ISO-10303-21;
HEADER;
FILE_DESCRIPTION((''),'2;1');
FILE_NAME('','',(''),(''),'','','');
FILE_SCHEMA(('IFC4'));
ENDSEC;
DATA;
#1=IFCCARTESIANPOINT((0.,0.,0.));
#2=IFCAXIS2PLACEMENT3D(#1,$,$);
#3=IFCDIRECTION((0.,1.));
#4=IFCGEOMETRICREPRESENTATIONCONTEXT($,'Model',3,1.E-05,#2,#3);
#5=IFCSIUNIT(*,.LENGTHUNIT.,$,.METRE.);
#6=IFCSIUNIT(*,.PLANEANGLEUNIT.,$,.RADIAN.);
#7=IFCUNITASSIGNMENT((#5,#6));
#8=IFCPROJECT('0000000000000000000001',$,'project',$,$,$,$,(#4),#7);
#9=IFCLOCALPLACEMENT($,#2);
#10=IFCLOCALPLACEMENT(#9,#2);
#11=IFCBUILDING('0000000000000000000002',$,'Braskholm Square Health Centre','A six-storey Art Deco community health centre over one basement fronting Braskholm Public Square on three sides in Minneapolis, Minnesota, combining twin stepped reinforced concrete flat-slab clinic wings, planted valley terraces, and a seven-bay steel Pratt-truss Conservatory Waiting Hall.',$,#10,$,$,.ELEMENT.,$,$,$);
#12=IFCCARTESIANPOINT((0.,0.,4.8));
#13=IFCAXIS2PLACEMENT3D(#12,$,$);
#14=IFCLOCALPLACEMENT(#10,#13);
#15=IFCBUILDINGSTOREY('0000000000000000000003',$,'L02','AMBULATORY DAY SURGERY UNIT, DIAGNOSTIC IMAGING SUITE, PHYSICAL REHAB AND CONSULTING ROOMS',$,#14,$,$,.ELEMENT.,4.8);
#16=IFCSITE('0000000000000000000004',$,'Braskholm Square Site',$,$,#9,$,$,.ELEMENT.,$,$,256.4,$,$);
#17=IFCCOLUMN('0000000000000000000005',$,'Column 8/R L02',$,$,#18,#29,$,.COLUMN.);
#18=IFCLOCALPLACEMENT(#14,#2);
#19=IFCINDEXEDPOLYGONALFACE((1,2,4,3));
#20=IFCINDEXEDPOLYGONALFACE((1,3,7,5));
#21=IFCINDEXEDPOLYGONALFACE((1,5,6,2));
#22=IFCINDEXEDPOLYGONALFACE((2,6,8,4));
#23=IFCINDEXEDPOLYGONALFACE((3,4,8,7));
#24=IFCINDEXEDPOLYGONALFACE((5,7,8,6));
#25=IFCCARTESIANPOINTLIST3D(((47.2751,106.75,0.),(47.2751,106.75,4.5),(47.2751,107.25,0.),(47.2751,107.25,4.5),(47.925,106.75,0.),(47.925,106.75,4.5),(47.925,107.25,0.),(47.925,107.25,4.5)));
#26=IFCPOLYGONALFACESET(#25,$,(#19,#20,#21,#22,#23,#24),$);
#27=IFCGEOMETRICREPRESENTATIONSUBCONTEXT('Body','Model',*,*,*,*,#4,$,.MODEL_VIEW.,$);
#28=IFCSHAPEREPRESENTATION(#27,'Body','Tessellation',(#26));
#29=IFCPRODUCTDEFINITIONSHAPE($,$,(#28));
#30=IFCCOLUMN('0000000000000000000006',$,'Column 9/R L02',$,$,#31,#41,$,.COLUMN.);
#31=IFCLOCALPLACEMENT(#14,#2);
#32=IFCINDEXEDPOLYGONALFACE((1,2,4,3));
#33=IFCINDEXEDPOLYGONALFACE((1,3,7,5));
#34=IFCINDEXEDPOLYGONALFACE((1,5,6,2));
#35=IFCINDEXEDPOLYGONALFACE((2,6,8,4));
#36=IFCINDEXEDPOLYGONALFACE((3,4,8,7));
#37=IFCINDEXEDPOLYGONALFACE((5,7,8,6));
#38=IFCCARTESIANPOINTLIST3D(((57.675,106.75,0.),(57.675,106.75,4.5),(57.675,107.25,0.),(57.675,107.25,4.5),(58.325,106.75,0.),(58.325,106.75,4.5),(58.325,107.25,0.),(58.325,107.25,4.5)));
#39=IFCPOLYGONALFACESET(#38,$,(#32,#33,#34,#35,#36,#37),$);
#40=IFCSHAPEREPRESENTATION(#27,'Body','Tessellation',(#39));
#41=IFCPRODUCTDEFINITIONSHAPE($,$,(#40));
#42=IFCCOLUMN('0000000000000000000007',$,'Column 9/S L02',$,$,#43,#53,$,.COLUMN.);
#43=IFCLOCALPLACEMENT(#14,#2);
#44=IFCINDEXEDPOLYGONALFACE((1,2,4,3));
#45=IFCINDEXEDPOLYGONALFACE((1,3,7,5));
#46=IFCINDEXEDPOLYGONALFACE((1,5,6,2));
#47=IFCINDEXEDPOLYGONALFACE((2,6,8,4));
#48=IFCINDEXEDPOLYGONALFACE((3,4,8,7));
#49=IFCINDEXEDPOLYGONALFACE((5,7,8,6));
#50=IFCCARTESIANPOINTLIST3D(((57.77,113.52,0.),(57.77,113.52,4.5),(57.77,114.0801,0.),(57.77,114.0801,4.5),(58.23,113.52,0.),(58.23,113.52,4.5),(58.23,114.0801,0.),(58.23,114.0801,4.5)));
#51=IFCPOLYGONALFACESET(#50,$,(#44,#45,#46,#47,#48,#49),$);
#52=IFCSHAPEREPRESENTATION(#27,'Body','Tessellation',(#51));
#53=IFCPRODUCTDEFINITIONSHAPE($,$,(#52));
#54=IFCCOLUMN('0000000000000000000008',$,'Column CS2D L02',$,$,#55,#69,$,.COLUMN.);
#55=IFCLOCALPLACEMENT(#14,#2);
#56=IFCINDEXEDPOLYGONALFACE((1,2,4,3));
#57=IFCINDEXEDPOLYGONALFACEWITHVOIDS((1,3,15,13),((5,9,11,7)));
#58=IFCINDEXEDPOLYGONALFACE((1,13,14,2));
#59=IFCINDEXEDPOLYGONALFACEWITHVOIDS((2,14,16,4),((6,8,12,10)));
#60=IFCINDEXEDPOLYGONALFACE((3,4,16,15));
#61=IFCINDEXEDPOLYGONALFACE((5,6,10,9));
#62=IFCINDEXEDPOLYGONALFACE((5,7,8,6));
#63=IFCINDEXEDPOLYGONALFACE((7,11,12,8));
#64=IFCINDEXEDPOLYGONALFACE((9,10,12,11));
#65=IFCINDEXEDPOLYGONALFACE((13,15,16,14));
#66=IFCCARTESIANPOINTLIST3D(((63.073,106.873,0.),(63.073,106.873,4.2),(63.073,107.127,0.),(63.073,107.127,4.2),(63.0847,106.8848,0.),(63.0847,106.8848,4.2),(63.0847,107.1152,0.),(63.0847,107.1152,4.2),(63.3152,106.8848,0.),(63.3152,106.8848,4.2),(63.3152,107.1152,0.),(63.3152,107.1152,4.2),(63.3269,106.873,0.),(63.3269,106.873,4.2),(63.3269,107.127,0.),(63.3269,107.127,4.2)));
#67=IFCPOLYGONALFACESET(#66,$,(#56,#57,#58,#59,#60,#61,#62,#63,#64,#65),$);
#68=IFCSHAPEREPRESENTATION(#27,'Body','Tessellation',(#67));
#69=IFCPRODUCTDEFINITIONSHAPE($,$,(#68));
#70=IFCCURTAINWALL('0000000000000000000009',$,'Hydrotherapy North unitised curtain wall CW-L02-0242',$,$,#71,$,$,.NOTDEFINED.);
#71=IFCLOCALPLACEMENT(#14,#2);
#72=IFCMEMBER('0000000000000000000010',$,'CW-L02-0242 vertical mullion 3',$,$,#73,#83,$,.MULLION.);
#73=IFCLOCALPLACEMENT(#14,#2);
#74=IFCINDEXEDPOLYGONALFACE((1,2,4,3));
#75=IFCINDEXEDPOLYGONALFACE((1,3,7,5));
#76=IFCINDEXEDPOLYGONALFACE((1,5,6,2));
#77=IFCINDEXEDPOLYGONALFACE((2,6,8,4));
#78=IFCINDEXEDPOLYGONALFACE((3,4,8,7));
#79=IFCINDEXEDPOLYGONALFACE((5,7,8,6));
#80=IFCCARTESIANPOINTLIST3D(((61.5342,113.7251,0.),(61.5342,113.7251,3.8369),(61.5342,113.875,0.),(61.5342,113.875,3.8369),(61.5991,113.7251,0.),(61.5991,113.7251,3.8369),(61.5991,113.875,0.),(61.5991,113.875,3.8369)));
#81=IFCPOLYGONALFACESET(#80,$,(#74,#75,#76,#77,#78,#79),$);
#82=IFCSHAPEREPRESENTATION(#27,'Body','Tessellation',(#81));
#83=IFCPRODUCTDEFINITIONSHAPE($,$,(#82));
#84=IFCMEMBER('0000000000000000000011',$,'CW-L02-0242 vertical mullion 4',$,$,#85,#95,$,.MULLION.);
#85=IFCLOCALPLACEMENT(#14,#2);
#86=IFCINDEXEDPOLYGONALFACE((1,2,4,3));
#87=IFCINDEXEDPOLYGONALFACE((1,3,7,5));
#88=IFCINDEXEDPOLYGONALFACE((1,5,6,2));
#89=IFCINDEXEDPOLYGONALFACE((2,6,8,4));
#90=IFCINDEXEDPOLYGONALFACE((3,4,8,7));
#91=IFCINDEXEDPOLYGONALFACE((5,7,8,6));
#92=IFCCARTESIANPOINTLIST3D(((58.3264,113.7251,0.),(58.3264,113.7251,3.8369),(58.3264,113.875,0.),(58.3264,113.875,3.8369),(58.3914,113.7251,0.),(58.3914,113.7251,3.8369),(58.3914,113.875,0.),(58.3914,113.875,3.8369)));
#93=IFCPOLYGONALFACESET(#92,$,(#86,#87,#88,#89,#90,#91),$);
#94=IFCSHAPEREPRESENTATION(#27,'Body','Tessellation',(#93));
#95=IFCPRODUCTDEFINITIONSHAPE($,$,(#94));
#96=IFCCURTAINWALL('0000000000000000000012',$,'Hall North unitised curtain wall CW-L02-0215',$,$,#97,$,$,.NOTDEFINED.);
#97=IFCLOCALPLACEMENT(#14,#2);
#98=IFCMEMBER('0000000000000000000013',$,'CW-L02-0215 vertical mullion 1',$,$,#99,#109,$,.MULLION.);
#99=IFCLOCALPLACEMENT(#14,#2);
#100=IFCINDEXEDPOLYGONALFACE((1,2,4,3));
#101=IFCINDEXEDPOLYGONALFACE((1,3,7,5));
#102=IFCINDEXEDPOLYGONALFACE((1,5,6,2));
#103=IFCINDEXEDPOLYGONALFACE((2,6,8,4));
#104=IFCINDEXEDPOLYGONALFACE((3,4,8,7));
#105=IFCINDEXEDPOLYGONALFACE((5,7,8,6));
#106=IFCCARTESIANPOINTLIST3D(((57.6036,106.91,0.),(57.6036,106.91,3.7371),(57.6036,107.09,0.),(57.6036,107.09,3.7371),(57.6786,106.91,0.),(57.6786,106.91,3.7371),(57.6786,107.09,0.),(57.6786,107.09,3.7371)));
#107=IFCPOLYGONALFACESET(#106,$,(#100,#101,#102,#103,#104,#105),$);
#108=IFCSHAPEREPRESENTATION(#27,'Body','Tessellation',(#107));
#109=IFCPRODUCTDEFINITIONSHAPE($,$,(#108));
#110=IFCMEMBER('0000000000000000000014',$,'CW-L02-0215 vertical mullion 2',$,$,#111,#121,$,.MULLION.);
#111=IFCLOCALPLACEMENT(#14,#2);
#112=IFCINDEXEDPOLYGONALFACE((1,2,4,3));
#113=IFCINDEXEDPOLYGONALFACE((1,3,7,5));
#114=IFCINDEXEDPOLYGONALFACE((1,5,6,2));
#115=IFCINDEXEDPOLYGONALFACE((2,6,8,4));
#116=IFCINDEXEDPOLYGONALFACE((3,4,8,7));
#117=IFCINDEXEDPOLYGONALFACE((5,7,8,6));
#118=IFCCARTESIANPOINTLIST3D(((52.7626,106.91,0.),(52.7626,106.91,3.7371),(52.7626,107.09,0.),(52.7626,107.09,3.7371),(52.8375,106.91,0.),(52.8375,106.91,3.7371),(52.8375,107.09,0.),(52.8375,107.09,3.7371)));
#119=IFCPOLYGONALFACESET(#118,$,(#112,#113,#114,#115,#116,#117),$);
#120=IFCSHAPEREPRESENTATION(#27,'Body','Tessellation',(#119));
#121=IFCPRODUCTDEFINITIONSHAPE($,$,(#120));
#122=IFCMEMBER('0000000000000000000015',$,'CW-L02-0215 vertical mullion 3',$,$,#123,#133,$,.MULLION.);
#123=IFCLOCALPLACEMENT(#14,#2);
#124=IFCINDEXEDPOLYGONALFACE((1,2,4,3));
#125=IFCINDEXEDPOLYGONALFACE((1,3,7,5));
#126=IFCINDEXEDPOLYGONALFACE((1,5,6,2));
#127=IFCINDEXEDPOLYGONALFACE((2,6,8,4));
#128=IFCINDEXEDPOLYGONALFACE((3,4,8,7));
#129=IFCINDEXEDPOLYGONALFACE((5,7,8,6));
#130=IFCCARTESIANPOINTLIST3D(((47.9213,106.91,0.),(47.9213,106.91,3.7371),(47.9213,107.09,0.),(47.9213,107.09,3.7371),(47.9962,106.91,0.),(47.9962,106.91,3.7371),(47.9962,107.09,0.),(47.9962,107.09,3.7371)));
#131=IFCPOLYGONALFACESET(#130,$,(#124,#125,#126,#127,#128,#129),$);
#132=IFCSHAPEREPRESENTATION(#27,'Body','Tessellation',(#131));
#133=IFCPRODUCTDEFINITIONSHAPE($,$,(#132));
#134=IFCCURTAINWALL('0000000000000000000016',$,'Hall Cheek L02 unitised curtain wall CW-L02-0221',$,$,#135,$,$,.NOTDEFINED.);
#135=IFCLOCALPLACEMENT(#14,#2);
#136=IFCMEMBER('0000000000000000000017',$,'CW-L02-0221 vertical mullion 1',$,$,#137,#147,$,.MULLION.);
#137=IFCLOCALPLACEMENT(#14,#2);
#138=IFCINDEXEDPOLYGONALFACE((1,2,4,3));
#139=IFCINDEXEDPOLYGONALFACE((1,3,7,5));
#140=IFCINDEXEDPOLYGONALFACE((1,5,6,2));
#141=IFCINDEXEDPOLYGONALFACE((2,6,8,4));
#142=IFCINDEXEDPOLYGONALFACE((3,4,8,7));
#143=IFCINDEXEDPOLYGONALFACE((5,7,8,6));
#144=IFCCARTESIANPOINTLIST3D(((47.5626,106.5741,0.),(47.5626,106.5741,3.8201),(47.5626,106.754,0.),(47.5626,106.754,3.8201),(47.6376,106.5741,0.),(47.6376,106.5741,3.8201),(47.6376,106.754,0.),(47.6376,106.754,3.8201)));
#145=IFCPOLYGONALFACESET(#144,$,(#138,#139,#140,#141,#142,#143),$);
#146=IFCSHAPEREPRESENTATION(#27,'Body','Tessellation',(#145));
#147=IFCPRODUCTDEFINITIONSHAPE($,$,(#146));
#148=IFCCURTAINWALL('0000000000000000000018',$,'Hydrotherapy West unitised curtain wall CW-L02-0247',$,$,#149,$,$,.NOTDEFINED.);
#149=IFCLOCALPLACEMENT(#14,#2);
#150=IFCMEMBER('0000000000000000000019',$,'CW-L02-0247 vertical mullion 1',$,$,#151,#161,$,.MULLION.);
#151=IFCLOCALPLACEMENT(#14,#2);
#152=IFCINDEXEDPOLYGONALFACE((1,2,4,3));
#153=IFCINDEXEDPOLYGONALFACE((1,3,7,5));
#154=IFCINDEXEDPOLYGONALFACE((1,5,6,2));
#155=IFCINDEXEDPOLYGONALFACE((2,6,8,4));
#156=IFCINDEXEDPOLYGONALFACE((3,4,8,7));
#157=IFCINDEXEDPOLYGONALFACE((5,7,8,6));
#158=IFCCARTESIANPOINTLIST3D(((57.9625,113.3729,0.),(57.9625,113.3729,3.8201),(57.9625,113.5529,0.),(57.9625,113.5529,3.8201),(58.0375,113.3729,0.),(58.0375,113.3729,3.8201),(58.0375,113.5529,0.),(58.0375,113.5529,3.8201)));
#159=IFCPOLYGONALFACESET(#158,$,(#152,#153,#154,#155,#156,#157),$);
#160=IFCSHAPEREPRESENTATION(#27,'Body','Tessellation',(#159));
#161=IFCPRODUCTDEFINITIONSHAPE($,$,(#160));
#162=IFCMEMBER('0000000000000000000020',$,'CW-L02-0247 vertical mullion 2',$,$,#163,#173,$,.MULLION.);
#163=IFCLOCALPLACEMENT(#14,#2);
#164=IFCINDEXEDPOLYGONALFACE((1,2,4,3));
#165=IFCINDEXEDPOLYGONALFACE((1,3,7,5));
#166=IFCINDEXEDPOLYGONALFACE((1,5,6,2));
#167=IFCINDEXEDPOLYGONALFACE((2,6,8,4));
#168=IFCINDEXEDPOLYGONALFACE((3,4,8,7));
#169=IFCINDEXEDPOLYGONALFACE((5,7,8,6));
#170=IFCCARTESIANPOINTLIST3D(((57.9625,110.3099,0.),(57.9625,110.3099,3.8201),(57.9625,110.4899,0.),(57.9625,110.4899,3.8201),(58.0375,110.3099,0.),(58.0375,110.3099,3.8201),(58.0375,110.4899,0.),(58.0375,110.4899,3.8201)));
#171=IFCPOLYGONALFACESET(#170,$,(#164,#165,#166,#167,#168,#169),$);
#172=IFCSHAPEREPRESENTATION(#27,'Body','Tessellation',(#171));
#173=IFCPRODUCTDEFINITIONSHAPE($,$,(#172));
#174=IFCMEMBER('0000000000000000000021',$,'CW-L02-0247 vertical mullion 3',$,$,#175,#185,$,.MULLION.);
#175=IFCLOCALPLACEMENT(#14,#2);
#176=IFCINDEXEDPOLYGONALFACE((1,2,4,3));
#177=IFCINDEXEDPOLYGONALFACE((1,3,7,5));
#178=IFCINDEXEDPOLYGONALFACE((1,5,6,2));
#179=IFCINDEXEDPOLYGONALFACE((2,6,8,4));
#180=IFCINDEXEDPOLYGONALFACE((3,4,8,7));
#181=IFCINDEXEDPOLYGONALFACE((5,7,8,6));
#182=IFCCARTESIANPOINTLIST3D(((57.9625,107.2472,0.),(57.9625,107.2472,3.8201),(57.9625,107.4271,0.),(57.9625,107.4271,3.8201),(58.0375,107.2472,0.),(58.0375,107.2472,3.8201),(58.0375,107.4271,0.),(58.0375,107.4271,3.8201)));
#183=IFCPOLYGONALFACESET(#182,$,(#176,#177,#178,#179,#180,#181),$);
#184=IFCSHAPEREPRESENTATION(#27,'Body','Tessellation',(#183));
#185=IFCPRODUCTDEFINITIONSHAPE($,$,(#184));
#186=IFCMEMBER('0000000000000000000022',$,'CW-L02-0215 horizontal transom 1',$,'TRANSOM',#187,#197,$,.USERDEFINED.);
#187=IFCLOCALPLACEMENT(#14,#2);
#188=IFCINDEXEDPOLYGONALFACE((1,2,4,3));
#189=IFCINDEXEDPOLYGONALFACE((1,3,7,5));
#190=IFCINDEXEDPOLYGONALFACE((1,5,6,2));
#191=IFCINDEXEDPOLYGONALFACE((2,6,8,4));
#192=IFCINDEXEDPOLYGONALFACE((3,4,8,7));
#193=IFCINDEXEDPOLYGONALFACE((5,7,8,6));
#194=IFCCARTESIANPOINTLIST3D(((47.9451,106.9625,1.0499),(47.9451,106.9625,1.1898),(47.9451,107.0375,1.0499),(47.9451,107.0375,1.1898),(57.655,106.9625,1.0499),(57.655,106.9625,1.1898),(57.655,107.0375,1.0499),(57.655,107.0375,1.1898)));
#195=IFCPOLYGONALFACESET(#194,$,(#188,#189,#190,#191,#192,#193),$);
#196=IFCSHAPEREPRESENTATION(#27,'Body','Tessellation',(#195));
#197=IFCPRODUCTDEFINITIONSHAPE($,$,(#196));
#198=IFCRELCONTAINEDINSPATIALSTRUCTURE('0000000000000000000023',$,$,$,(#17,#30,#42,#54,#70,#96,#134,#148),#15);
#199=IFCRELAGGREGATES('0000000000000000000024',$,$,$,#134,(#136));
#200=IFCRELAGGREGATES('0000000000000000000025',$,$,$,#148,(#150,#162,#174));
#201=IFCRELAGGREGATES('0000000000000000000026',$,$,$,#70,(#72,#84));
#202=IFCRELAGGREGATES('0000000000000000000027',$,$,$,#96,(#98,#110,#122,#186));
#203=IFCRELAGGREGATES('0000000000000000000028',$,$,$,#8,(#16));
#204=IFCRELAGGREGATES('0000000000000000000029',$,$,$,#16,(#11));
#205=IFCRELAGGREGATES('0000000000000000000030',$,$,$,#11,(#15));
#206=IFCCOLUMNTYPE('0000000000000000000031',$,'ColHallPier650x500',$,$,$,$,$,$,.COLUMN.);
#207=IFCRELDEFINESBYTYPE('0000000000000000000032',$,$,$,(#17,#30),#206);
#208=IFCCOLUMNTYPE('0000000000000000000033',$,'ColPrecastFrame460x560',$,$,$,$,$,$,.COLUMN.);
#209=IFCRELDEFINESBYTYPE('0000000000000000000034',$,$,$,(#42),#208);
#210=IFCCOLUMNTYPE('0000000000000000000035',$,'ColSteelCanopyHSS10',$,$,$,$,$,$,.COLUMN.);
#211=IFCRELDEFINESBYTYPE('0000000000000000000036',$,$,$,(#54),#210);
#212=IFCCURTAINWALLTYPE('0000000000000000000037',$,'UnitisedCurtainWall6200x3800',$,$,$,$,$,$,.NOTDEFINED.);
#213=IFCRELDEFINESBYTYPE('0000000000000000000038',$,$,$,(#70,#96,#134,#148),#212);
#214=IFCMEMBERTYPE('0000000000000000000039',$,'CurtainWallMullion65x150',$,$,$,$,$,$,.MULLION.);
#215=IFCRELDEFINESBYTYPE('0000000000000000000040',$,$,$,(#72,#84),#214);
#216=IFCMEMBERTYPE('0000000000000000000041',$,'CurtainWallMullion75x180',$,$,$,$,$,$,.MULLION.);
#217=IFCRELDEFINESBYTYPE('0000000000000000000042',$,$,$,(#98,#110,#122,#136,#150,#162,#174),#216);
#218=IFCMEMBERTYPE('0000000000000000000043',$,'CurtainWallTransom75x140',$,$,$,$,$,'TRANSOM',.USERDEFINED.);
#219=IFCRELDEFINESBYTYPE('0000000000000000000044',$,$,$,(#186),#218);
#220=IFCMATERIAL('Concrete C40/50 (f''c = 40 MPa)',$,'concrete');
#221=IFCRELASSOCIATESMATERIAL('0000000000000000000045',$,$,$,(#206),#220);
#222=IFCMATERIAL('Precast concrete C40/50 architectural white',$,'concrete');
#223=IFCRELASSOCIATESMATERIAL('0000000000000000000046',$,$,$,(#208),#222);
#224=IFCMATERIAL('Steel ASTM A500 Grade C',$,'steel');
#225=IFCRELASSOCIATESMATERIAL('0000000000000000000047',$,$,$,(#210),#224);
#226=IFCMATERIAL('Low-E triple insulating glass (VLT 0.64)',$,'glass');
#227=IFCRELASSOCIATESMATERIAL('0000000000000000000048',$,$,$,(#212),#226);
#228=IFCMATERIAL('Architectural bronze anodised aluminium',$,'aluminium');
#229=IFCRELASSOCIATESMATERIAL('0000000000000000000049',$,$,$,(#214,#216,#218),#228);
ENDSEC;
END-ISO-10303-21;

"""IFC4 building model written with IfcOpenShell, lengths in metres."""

from ifc_helpers import new_model, si_unit, direction, frame, origin, origin_2d, place, context, subcontext, project, spatial, rectangle, hollow_rectangle, extrude, material, material_profile, profile_set, type_object, element, aggregate, save


model = new_model("IFC4")

# Units and contexts
model_context = context("Model", 3, precision=1e-05, world=origin(), true_north=direction((0.0, 1.0)))
body_context = subcontext(model_context, "Body", "Model", "MODEL_VIEW")
ifc_project = project(units=[si_unit("LENGTHUNIT", "METRE"), si_unit("PLANEANGLEUNIT", "RADIAN")], contexts=[model_context])

# Site, building, storey
site_placement = place(None, origin())
site = spatial("IfcSite", under=ifc_project, at=site_placement, Name="Braskholm Square Site", CompositionType="ELEMENT", RefElevation=256.4)
building_placement = place(site_placement, origin())
building = spatial("IfcBuilding", under=site, at=building_placement, Name="Braskholm Square Health Centre", Description="A six-storey Art Deco community health centre over one basement fronting Braskholm Public Square on three sides in Minneapolis, Minnesota, combining twin stepped reinforced concrete flat-slab clinic wings, planted valley terraces, and a seven-bay steel Pratt-truss Conservatory Waiting Hall.", CompositionType="ELEMENT")
storey_placement = place(building_placement, frame((0.0, 0.0, 4.8)))
storey = spatial("IfcBuildingStorey", under=building, at=storey_placement, Name="L02", Description="AMBULATORY DAY SURGERY UNIT, DIAGNOSTIC IMAGING SUITE, PHYSICAL REHAB AND CONSULTING ROOMS", CompositionType="ELEMENT", Elevation=4.8)

# Columns
ifc_material_1 = material(Name="Concrete C40/50 (f'c = 40 MPa)", Category="concrete")
ifc_material_profile_1 = material_profile(ifc_material_1, rectangle(XDim=0.6499, YDim=0.5, at=origin_2d()), Name="RC-650X500")
ifc_profile_set_1 = profile_set([ifc_material_profile_1], Name="Concrete C40/50 (f'c = 40 MPa)")
column_type_1 = type_object("IfcColumnType", Name="ColHallPier650x500", PredefinedType="COLUMN", material=ifc_profile_set_1)
for number, where, z_axis, x_axis, name in (
    (1, (47.6001, 107.0, 0.0), (0.0, 0.0, 1.0), (1.0, 0.0, 0.0), "Column 8/R L02"),
    (2, (58.0, 107.0, 0.0), (0.0, 0.0, 1.0), (1.0, 0.0, 0.0), "Column 9/R L02"),
):
    element("IfcColumn", number, at=place(storey_placement, frame(where, z_axis=z_axis, x_axis=x_axis)), inside=storey, type_object=column_type_1, Name=name, PredefinedType="COLUMN", context=body_context, shape_type="SweptSolid", body=[
        extrude(rectangle(XDim=0.6499, YDim=0.5, at=origin_2d()), origin(), (0.0, 0.0, 1.0), 4.5),
    ])
ifc_material_2 = material(Name="Precast concrete C40/50 architectural white", Category="concrete")
ifc_material_profile_2 = material_profile(ifc_material_2, rectangle(XDim=0.46, YDim=0.5601, at=origin_2d()), Name="RC-460X560")
ifc_profile_set_2 = profile_set([ifc_material_profile_2], Name="Precast concrete C40/50 architectural white")
column_type_2 = type_object("IfcColumnType", Name="ColPrecastFrame460x560", PredefinedType="COLUMN", material=ifc_profile_set_2)
column_1_placement = place(storey_placement, frame((58.0, 113.8, 0.0), z_axis=(0.0, 0.0, 1.0), x_axis=(1.0, 0.0, 0.0)))
element("IfcColumn", 3, at=column_1_placement, inside=storey, type_object=column_type_2, Name="Column 9/S L02", PredefinedType="COLUMN", context=body_context, shape_type="SweptSolid", body=[
    extrude(rectangle(XDim=0.46, YDim=0.5601, at=origin_2d()), origin(), (0.0, 0.0, 1.0), 4.5),
])
ifc_material_3 = material(Name="Steel ASTM A500 Grade C", Category="steel")
ifc_material_profile_3 = material_profile(ifc_material_3, hollow_rectangle(XDim=0.2539, YDim=0.2539, WallThickness=0.0117, at=origin_2d()), Name="HSS10X10X1/2")
ifc_profile_set_3 = profile_set([ifc_material_profile_3], Name="Steel ASTM A500 Grade C")
column_type_3 = type_object("IfcColumnType", Name="ColSteelCanopyHSS10", PredefinedType="COLUMN", material=ifc_profile_set_3)
column_2_placement = place(storey_placement, frame((63.2, 107.0, 0.0), z_axis=(0.0, 0.0, 1.0), x_axis=(1.0, 0.0, 0.0)))
element("IfcColumn", 4, at=column_2_placement, inside=storey, type_object=column_type_3, Name="Column CS2D L02", PredefinedType="COLUMN", context=body_context, shape_type="SweptSolid", body=[
    extrude(hollow_rectangle(XDim=0.2539, YDim=0.2539, WallThickness=0.0117, at=origin_2d()), origin(), (0.0, 0.0, 1.0), 4.2),
])

# Curtain walls, members
ifc_material_4 = material(Name="Low-E triple insulating glass (VLT 0.64)", Category="glass")
curtain_wall_type = type_object("IfcCurtainWallType", Name="UnitisedCurtainWall6200x3800", PredefinedType="NOTDEFINED", material=ifc_material_4)
curtain_wall_1_placement = place(storey_placement, origin())
curtain_wall_1 = element("IfcCurtainWall", 5, at=curtain_wall_1_placement, inside=storey, type_object=curtain_wall_type, Name="Hydrotherapy North unitised curtain wall CW-L02-0242", PredefinedType="NOTDEFINED")
ifc_material_5 = material(Name="Architectural bronze anodised aluminium", Category="aluminium")
ifc_material_profile_4 = material_profile(ifc_material_5, rectangle(XDim=0.0649, YDim=0.1499, at=origin_2d()), Name="ALU-65X150")
ifc_profile_set_4 = profile_set([ifc_material_profile_4], Name="Architectural bronze anodised aluminium")
member_type_1 = type_object("IfcMemberType", Name="CurtainWallMullion65x150", PredefinedType="MULLION", material=ifc_profile_set_4)
member_1_placement = place(storey_placement, frame((61.5667, 113.8, 0.0), z_axis=(0.0, 0.0, 1.0), x_axis=(1.0, 0.0, 0.0)))
member_1 = element("IfcMember", 6, at=member_1_placement, type_object=member_type_1, Name="CW-L02-0242 vertical mullion 3", PredefinedType="MULLION", context=body_context, shape_type="SweptSolid", body=[
    extrude(rectangle(XDim=0.0649, YDim=0.1499, at=origin_2d()), origin(), (0.0, 0.0, 1.0), 3.8369),
])
member_2_placement = place(storey_placement, frame((58.3589, 113.8, 0.0), z_axis=(0.0, 0.0, 1.0), x_axis=(1.0, 0.0, 0.0)))
member_2 = element("IfcMember", 7, at=member_2_placement, type_object=member_type_1, Name="CW-L02-0242 vertical mullion 4", PredefinedType="MULLION", context=body_context, shape_type="SweptSolid", body=[
    extrude(rectangle(XDim=0.0649, YDim=0.1499, at=origin_2d()), origin(), (0.0, 0.0, 1.0), 3.8369),
])
curtain_wall_2_placement = place(storey_placement, origin())
curtain_wall_2 = element("IfcCurtainWall", 8, at=curtain_wall_2_placement, inside=storey, type_object=curtain_wall_type, Name="Hall North unitised curtain wall CW-L02-0215", PredefinedType="NOTDEFINED")
ifc_material_profile_5 = material_profile(ifc_material_5, rectangle(XDim=0.075, YDim=0.1799, at=origin_2d()), Name="ALU-75X180")
ifc_profile_set_5 = profile_set([ifc_material_profile_5], Name="Architectural bronze anodised aluminium")
member_type_2 = type_object("IfcMemberType", Name="CurtainWallMullion75x180", PredefinedType="MULLION", material=ifc_profile_set_5)
member_3_placement = place(storey_placement, frame((57.6411, 107.0, 0.0), z_axis=(0.0, 0.0, 1.0), x_axis=(1.0, 0.0, 0.0)))
member_3 = element("IfcMember", 9, at=member_3_placement, type_object=member_type_2, Name="CW-L02-0215 vertical mullion 1", PredefinedType="MULLION", context=body_context, shape_type="SweptSolid", body=[
    extrude(rectangle(XDim=0.075, YDim=0.1799, at=origin_2d()), origin(), (0.0, 0.0, 1.0), 3.7371),
])
member_4_placement = place(storey_placement, frame((52.8, 107.0, 0.0), z_axis=(0.0, 0.0, 1.0), x_axis=(1.0, 0.0, 0.0)))
member_4 = element("IfcMember", 10, at=member_4_placement, type_object=member_type_2, Name="CW-L02-0215 vertical mullion 2", PredefinedType="MULLION", context=body_context, shape_type="SweptSolid", body=[
    extrude(rectangle(XDim=0.075, YDim=0.1799, at=origin_2d()), origin(), (0.0, 0.0, 1.0), 3.7371),
])
member_5_placement = place(storey_placement, frame((47.9587, 107.0, 0.0), z_axis=(0.0, 0.0, 1.0), x_axis=(1.0, 0.0, 0.0)))
member_5 = element("IfcMember", 11, at=member_5_placement, type_object=member_type_2, Name="CW-L02-0215 vertical mullion 3", PredefinedType="MULLION", context=body_context, shape_type="SweptSolid", body=[
    extrude(rectangle(XDim=0.075, YDim=0.1799, at=origin_2d()), origin(), (0.0, 0.0, 1.0), 3.7371),
])

# Curtain wall, member
curtain_wall_3_placement = place(storey_placement, origin())
curtain_wall_3 = element("IfcCurtainWall", 12, at=curtain_wall_3_placement, inside=storey, type_object=curtain_wall_type, Name="Hall Cheek L02 unitised curtain wall CW-L02-0221", PredefinedType="NOTDEFINED")
member_6_placement = place(storey_placement, frame((47.6001, 106.6641, 0.0), z_axis=(0.0, 0.0, 1.0), x_axis=(1.0, 0.0, 0.0)))
member_6 = element("IfcMember", 13, at=member_6_placement, type_object=member_type_2, Name="CW-L02-0221 vertical mullion 1", PredefinedType="MULLION", context=body_context, shape_type="SweptSolid", body=[
    extrude(rectangle(XDim=0.075, YDim=0.1799, at=origin_2d()), origin(), (0.0, 0.0, 1.0), 3.8201),
])

# Curtain wall, members
curtain_wall_4_placement = place(storey_placement, origin())
curtain_wall_4 = element("IfcCurtainWall", 14, at=curtain_wall_4_placement, inside=storey, type_object=curtain_wall_type, Name="Hydrotherapy West unitised curtain wall CW-L02-0247", PredefinedType="NOTDEFINED")
member_7_placement = place(storey_placement, frame((58.0, 113.4629, 0.0), z_axis=(0.0, 0.0, 1.0), x_axis=(1.0, 0.0, 0.0)))
member_7 = element("IfcMember", 15, at=member_7_placement, type_object=member_type_2, Name="CW-L02-0247 vertical mullion 1", PredefinedType="MULLION", context=body_context, shape_type="SweptSolid", body=[
    extrude(rectangle(XDim=0.075, YDim=0.1799, at=origin_2d()), origin(), (0.0, 0.0, 1.0), 3.8201),
])
member_8_placement = place(storey_placement, frame((58.0, 110.3999, 0.0), z_axis=(0.0, 0.0, 1.0), x_axis=(1.0, 0.0, 0.0)))
member_8 = element("IfcMember", 16, at=member_8_placement, type_object=member_type_2, Name="CW-L02-0247 vertical mullion 2", PredefinedType="MULLION", context=body_context, shape_type="SweptSolid", body=[
    extrude(rectangle(XDim=0.075, YDim=0.1799, at=origin_2d()), origin(), (0.0, 0.0, 1.0), 3.8201),
])
member_9_placement = place(storey_placement, frame((58.0, 107.3372, 0.0), z_axis=(0.0, 0.0, 1.0), x_axis=(1.0, 0.0, 0.0)))
member_9 = element("IfcMember", 17, at=member_9_placement, type_object=member_type_2, Name="CW-L02-0247 vertical mullion 3", PredefinedType="MULLION", context=body_context, shape_type="SweptSolid", body=[
    extrude(rectangle(XDim=0.075, YDim=0.1799, at=origin_2d()), origin(), (0.0, 0.0, 1.0), 3.8201),
])

# Member
ifc_material_profile_6 = material_profile(ifc_material_5, rectangle(XDim=0.075, YDim=0.1399, at=origin_2d()), Name="ALU-75X140")
ifc_profile_set_6 = profile_set([ifc_material_profile_6], Name="Architectural bronze anodised aluminium")
member_type_3 = type_object("IfcMemberType", Name="CurtainWallTransom75x140", ElementType="TRANSOM", PredefinedType="USERDEFINED", material=ifc_profile_set_6)
member_10_placement = place(storey_placement, frame((57.655, 107.0, 1.1199), z_axis=(-1.0, 0.0, 0.0), x_axis=(0.0, -1.0, 0.0)))
member_10 = element("IfcMember", 18, at=member_10_placement, type_object=member_type_3, Name="CW-L02-0215 horizontal transom 1", ObjectType="TRANSOM", PredefinedType="USERDEFINED", context=body_context, shape_type="SweptSolid", body=[
    extrude(rectangle(XDim=0.075, YDim=0.1399, at=origin_2d()), origin(), (0.0, 0.0, 1.0), 9.71),
])

aggregate(curtain_wall_3, [member_6])
aggregate(curtain_wall_4, [member_7, member_8, member_9])
aggregate(curtain_wall_1, [member_1, member_2])
aggregate(curtain_wall_2, [member_3, member_4, member_5, member_10])

save(model, "model.ifc")
